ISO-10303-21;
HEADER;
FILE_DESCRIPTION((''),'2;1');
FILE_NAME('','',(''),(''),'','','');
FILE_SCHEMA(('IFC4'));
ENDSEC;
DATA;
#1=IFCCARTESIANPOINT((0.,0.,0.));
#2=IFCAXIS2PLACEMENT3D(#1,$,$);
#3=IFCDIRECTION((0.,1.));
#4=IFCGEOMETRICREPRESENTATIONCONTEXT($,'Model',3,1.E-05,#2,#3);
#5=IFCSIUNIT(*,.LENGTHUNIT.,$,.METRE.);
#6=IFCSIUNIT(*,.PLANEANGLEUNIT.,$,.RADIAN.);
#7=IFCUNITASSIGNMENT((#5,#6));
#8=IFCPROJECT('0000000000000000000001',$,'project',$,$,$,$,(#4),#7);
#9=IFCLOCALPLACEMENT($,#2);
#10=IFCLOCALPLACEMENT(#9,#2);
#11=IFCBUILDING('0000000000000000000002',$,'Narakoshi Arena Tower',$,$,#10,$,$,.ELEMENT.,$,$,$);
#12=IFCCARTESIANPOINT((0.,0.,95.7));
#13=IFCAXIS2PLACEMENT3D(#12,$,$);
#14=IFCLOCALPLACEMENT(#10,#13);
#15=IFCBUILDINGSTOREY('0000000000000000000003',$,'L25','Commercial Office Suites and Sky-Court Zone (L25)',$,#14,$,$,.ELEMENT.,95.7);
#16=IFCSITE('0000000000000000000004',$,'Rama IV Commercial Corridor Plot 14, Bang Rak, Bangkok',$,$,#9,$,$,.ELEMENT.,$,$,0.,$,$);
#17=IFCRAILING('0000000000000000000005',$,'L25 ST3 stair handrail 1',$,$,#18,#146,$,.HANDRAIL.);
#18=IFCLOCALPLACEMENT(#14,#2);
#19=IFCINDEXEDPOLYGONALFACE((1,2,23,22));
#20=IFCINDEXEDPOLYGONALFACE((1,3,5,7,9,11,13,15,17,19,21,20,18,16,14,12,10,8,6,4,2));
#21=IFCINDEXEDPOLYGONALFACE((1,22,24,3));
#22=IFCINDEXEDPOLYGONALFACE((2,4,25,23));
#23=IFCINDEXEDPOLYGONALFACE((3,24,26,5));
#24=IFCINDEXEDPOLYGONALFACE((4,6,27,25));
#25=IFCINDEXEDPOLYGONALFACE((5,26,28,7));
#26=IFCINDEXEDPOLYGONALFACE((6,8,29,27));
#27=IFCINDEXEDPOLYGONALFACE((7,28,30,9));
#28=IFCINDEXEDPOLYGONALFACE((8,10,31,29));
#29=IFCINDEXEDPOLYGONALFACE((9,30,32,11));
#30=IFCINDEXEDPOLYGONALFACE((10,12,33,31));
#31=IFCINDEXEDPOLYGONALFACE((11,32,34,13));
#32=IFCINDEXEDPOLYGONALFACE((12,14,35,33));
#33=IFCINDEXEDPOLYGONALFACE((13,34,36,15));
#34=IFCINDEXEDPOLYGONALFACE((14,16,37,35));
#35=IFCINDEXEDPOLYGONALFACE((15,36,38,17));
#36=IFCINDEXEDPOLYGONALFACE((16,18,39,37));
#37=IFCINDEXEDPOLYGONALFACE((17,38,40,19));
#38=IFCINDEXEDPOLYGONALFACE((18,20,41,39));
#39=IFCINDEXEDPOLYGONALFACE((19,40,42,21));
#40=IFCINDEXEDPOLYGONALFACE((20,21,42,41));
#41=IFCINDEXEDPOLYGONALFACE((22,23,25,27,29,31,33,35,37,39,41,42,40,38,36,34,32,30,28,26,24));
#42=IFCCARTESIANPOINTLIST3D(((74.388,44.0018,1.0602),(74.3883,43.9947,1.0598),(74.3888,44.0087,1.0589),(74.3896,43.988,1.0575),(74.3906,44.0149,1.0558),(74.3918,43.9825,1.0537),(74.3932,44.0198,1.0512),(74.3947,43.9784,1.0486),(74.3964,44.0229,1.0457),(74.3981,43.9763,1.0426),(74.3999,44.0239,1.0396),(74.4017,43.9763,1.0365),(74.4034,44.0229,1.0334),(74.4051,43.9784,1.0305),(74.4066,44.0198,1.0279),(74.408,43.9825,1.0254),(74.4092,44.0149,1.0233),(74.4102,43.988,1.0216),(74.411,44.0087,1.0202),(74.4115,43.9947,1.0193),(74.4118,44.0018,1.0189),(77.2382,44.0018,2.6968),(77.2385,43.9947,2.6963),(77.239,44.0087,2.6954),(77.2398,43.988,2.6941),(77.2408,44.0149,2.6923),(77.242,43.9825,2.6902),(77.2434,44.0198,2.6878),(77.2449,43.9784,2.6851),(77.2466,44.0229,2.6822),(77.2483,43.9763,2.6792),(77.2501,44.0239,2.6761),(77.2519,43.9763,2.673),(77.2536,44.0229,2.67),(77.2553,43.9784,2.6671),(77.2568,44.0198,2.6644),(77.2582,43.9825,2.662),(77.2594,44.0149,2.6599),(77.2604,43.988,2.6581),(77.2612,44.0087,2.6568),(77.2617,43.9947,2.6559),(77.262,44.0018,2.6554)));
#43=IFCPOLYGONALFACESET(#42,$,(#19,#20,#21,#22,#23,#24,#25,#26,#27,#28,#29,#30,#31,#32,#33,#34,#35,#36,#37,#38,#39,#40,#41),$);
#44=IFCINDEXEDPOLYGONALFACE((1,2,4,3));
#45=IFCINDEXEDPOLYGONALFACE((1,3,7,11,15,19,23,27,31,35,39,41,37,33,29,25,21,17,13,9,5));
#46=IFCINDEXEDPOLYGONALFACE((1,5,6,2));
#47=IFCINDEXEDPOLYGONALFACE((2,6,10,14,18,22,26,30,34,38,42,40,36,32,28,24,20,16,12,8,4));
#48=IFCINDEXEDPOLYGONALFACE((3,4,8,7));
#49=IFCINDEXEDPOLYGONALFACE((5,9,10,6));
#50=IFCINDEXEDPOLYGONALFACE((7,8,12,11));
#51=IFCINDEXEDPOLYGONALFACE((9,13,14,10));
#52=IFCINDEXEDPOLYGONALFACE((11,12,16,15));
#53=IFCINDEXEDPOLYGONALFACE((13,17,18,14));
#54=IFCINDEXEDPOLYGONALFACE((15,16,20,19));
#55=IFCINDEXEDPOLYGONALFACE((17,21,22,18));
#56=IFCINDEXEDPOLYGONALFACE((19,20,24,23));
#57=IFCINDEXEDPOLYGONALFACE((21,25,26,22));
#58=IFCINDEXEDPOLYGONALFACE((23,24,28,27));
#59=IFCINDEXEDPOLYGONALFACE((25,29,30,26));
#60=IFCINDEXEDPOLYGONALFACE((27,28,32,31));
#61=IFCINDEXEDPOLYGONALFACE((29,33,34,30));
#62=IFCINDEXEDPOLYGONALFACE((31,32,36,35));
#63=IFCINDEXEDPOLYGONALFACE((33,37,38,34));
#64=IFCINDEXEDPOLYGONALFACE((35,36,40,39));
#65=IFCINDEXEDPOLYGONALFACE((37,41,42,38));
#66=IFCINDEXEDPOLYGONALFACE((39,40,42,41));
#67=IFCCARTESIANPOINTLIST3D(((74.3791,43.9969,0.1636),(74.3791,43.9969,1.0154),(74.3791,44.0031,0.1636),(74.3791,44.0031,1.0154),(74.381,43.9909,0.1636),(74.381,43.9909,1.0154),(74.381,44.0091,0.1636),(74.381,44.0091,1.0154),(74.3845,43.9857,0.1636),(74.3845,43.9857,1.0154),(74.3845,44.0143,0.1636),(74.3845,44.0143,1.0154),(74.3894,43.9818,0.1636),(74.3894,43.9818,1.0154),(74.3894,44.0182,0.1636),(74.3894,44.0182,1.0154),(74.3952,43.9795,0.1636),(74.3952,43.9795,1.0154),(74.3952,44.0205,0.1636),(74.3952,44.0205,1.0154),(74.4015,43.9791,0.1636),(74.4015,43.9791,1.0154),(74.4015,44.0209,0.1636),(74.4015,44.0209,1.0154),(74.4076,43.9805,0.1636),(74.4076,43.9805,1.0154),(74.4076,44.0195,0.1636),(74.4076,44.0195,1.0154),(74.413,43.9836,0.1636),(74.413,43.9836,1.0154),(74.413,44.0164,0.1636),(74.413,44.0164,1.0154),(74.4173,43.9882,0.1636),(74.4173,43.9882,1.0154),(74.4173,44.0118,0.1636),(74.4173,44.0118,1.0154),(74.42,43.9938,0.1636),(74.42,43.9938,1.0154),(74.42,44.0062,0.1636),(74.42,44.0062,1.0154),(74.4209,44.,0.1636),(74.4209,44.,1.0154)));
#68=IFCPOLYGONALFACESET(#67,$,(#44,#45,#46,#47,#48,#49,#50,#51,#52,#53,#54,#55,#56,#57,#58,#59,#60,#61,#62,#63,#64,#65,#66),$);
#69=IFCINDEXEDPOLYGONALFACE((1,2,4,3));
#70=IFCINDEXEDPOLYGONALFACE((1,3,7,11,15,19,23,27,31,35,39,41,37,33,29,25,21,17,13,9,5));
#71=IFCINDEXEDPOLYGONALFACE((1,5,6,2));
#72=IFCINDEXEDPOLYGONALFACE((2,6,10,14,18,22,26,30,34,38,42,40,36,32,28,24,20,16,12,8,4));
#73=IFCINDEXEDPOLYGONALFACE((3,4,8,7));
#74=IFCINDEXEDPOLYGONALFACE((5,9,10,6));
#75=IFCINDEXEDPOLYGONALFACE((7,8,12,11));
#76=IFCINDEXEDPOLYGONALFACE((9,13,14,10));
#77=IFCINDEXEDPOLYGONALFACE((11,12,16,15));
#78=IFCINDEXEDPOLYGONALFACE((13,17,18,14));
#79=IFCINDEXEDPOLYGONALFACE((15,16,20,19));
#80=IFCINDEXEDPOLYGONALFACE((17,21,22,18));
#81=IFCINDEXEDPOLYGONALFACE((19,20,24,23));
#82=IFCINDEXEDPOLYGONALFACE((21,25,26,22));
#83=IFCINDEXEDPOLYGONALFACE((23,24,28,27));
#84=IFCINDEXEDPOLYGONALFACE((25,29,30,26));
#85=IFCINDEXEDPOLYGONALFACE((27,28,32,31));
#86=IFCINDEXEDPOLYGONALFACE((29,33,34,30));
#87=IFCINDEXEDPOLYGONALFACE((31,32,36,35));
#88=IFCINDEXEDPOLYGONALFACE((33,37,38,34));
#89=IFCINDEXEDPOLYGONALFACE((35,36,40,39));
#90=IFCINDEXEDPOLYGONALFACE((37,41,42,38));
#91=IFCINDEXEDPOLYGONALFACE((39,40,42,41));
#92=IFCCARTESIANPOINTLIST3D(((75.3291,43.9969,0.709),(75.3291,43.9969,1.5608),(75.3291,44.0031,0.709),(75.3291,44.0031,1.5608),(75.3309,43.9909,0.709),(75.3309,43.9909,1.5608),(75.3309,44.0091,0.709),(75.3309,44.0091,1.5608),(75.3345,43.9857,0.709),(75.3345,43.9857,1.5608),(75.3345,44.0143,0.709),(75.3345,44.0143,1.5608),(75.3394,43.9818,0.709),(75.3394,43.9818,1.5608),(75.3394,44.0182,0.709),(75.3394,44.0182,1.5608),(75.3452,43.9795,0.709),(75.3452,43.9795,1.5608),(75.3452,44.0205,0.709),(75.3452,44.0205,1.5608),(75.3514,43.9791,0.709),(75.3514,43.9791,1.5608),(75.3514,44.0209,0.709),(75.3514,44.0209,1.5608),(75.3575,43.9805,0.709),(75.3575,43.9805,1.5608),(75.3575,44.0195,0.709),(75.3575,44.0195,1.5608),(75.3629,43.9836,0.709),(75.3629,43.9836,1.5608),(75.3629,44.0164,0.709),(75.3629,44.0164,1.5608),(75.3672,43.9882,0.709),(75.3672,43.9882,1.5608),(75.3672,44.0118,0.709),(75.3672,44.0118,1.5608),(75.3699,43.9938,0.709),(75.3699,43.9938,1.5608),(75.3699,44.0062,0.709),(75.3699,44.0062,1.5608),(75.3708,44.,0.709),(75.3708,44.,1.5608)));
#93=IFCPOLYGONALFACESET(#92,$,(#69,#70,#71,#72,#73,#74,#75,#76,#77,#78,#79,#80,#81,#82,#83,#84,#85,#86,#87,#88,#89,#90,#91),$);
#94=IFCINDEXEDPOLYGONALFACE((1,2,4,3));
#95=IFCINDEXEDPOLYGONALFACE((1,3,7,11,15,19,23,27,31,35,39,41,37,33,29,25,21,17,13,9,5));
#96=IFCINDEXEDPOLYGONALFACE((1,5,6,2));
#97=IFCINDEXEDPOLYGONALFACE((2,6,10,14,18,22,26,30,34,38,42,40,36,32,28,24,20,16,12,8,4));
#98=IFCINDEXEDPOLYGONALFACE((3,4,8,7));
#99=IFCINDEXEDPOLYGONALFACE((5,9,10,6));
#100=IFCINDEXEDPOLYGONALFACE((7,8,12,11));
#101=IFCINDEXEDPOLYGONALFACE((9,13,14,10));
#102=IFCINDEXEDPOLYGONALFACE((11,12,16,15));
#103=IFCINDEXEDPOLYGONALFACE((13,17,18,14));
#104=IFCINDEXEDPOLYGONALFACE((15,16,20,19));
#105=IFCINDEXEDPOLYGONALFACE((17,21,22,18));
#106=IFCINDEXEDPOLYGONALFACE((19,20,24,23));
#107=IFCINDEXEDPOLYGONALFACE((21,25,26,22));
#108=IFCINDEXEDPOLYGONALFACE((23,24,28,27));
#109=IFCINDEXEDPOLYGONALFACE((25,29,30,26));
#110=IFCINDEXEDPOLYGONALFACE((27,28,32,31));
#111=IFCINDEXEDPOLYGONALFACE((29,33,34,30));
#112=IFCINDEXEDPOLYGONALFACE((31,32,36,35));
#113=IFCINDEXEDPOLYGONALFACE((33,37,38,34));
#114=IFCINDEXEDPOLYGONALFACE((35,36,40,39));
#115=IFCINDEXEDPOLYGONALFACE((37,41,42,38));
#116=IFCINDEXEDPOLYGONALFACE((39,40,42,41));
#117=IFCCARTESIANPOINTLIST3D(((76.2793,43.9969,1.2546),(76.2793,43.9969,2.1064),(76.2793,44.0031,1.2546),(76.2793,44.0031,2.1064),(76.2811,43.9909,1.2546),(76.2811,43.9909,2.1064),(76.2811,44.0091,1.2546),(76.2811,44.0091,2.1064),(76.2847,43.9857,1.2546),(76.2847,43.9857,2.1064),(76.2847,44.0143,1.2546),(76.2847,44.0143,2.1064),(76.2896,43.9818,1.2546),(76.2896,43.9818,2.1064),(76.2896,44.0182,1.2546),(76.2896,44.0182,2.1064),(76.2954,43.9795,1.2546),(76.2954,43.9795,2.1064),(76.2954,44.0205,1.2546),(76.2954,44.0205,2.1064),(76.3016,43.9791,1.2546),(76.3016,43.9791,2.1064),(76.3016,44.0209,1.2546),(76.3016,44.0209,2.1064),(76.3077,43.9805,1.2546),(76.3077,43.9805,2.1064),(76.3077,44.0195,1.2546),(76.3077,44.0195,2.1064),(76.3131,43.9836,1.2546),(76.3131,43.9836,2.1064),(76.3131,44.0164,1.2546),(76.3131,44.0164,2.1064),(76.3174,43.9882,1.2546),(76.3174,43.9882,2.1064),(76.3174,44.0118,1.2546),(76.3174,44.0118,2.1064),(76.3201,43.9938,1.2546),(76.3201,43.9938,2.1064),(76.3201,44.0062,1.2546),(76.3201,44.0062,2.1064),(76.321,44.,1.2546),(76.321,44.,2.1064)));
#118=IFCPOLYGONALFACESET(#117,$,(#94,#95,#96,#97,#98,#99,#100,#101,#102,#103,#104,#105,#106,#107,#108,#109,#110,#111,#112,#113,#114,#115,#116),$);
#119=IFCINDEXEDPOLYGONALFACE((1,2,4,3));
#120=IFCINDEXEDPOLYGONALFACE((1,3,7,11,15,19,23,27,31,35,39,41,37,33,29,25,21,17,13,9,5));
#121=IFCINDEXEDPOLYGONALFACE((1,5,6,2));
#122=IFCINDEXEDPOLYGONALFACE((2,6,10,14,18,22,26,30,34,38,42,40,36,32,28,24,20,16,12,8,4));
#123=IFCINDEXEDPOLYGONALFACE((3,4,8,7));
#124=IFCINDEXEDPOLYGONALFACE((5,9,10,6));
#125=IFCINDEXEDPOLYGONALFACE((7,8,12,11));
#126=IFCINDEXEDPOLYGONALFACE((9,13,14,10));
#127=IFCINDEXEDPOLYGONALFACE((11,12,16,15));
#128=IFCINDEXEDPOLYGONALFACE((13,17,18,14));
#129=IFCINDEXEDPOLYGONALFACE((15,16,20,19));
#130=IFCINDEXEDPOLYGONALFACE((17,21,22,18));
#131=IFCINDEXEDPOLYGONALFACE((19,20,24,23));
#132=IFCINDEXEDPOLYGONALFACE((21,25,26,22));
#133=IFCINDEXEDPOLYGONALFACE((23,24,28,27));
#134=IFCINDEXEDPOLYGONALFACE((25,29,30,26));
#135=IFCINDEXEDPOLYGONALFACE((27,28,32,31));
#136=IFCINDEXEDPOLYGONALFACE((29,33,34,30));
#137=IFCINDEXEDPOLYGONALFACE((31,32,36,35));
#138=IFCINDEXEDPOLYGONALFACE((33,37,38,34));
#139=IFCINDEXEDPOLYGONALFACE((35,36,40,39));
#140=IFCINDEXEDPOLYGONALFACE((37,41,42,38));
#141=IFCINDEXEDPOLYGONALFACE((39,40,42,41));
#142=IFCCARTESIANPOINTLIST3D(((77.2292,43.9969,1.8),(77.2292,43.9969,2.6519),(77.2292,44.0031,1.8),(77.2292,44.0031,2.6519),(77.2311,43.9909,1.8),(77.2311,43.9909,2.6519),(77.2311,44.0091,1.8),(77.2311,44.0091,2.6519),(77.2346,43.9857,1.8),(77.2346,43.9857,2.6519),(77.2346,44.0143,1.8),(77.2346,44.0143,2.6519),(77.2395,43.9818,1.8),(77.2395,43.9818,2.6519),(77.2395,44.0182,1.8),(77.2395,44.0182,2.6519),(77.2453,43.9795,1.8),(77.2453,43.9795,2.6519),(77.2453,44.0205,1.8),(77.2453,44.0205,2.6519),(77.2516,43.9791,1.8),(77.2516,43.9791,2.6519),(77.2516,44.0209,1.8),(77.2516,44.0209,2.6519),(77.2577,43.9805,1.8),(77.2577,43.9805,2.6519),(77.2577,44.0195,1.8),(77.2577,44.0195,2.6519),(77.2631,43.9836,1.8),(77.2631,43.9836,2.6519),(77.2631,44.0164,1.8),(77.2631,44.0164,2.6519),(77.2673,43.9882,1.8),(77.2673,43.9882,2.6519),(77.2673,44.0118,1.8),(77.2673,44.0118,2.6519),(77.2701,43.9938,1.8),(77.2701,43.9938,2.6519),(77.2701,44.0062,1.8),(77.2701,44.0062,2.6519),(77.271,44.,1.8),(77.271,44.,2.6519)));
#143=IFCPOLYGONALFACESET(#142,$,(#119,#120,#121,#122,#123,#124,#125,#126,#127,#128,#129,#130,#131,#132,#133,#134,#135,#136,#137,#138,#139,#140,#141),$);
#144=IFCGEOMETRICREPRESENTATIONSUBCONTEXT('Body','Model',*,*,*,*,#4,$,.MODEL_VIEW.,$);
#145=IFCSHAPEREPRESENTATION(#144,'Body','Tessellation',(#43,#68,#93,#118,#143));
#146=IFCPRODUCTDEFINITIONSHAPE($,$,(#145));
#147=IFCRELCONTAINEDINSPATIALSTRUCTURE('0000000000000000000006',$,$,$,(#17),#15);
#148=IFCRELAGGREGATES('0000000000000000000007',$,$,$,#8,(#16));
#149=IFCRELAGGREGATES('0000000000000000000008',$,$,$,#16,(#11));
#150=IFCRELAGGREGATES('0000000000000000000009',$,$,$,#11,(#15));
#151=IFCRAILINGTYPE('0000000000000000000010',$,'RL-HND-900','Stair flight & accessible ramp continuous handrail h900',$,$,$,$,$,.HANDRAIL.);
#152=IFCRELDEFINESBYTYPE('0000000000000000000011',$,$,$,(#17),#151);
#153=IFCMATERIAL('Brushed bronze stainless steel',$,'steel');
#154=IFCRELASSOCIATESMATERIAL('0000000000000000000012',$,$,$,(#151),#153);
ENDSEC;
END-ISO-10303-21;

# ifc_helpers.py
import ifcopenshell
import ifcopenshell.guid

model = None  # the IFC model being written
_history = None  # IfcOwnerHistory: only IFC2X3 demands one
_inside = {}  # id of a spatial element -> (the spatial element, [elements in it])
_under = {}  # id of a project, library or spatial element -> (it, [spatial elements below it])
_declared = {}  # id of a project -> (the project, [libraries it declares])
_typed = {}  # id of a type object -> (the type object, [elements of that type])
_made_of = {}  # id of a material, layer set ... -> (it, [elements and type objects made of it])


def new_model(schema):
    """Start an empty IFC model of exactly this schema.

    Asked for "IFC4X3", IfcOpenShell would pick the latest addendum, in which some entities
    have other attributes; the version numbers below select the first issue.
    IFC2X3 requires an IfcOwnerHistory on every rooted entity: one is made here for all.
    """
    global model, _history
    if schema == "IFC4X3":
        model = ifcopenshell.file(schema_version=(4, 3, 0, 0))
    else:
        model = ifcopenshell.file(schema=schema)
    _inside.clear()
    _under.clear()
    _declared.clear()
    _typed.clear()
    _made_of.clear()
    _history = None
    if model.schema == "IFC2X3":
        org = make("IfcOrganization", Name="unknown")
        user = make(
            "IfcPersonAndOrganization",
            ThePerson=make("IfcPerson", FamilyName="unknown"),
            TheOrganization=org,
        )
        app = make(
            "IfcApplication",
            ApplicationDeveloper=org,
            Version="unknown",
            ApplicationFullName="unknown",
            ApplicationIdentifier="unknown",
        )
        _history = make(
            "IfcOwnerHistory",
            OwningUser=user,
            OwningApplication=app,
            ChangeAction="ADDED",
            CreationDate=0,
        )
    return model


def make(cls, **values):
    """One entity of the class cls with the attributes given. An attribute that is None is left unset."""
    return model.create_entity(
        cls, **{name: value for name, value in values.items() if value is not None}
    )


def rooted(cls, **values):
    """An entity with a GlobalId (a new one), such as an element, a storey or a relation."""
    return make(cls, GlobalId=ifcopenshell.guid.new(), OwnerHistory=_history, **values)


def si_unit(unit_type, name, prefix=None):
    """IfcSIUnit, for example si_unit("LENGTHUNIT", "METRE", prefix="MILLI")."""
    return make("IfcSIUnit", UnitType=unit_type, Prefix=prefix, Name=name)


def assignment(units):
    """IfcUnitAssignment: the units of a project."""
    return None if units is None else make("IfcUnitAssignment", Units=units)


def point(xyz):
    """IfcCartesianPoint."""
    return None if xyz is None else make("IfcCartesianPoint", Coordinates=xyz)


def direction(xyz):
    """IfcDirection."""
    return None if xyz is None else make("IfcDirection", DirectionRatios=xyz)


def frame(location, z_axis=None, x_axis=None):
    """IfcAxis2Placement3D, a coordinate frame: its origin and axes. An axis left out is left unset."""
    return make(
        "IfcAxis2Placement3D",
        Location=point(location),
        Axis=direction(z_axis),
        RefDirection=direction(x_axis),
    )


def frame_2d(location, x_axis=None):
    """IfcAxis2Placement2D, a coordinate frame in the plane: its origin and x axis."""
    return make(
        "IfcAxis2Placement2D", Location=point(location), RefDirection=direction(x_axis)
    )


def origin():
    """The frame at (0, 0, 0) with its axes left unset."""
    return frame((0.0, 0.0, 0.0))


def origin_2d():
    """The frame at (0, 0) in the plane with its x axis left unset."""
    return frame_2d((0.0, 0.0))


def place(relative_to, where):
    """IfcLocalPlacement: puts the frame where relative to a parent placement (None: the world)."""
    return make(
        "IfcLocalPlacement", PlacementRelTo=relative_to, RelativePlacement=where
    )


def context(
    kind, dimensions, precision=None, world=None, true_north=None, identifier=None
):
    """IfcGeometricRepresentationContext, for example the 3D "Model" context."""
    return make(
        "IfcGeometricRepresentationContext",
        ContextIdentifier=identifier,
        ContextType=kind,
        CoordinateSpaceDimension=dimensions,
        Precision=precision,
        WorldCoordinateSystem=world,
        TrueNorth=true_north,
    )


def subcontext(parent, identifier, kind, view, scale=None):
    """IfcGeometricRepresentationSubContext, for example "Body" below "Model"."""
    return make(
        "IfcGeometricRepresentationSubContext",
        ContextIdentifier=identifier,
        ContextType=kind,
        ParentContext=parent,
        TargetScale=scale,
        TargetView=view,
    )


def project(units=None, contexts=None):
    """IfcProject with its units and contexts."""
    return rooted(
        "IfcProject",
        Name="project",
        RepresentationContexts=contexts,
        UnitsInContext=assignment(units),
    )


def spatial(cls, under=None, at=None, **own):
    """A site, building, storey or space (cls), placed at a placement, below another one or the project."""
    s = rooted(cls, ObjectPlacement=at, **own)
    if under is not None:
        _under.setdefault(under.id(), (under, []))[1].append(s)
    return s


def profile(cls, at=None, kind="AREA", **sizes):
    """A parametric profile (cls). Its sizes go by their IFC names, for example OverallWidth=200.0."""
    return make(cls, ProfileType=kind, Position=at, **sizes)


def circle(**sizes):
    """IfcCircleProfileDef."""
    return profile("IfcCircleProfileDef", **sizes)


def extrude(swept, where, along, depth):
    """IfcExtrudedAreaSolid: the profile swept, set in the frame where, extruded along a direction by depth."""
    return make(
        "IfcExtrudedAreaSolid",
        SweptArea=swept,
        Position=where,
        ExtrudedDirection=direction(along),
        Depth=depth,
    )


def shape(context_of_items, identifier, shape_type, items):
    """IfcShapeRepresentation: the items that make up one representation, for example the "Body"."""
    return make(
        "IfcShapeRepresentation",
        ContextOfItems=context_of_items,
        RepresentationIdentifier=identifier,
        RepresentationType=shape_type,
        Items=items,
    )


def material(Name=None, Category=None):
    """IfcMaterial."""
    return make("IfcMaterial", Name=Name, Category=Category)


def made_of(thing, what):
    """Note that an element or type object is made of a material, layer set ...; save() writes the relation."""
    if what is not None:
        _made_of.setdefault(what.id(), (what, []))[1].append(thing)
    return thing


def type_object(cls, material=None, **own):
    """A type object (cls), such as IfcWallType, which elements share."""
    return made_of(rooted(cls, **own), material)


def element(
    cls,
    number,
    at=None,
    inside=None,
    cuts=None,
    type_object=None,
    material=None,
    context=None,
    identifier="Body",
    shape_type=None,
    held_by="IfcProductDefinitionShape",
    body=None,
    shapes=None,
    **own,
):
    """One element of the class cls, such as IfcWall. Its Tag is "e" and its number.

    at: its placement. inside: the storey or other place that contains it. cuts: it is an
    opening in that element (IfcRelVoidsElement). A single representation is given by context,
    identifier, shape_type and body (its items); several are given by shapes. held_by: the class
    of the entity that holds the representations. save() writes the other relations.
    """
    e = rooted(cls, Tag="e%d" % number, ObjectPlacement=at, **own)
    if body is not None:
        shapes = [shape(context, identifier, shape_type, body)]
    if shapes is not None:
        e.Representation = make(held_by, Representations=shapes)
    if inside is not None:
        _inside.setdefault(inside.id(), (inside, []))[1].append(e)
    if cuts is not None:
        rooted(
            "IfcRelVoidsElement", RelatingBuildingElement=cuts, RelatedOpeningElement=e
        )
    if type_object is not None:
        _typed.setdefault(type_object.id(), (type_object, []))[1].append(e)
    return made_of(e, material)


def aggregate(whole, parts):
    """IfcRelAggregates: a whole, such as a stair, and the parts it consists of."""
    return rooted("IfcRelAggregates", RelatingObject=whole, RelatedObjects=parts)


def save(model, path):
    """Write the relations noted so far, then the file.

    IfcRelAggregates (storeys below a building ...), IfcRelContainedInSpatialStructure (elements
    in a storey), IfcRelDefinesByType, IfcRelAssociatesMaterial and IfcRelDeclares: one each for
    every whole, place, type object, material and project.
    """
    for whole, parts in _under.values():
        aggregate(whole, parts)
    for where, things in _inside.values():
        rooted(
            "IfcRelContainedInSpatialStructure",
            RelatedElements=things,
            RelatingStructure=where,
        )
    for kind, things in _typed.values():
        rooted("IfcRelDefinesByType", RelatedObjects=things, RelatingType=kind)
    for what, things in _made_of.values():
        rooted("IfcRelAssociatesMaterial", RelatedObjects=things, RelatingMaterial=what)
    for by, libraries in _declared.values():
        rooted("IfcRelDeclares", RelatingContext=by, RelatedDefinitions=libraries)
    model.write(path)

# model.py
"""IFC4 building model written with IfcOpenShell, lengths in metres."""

from ifc_helpers import new_model, si_unit, direction, frame, origin, origin_2d, place, context, subcontext, project, spatial, circle, extrude, material, type_object, element, save


model = new_model("IFC4")

# Units and contexts
model_context = context("Model", 3, precision=1e-05, world=origin(), true_north=direction((0.0, 1.0)))
body_context = subcontext(model_context, "Body", "Model", "MODEL_VIEW")
ifc_project = project(units=[si_unit("LENGTHUNIT", "METRE"), si_unit("PLANEANGLEUNIT", "RADIAN")], contexts=[model_context])

# Site, building, storey
site_placement = place(None, origin())
site = spatial("IfcSite", under=ifc_project, at=site_placement, Name="Rama IV Commercial Corridor Plot 14, Bang Rak, Bangkok", CompositionType="ELEMENT", RefElevation=0.0)
building_placement = place(site_placement, origin())
building = spatial("IfcBuilding", under=site, at=building_placement, Name="Narakoshi Arena Tower", CompositionType="ELEMENT")
storey_placement = place(building_placement, frame((0.0, 0.0, 95.7)))
storey = spatial("IfcBuildingStorey", under=building, at=storey_placement, Name="L25", Description="Commercial Office Suites and Sky-Court Zone (L25)", CompositionType="ELEMENT", Elevation=95.7)

# Railing
ifc_material_1 = material(Name="Brushed bronze stainless steel", Category="steel")
railing_type_1 = type_object("IfcRailingType", Name="RL-HND-900", Description="Stair flight & accessible ramp continuous handrail h900", PredefinedType="HANDRAIL", material=ifc_material_1)
for number, where, name in (
    (1, (74.3999, 44.0, 0.1636), "L25 ST3 stair handrail 1"),
):
    element("IfcRailing", number, at=place(storey_placement, frame(where)), inside=storey, type_object=railing_type_1, Name=name, PredefinedType="HANDRAIL", context=body_context, shape_type="SweptSolid", body=[
        extrude(circle(Radius=0.0239, at=origin_2d()), frame((0.0, 0.0, 0.876), z_axis=(0.867213, 0.0, 0.497938), x_axis=(0.0, 1.0, 0.0)), (0.0, 0.0, 1.0), 3.2866),
        extrude(circle(Radius=0.021, at=origin_2d()), origin(), (0.0, 0.0, 1.0), 0.8518),
        extrude(circle(Radius=0.021, at=origin_2d()), frame((0.95, 0.0, 0.5454)), (0.0, 0.0, 1.0), 0.8518),
        extrude(circle(Radius=0.021, at=origin_2d()), frame((1.9001, 0.0, 1.0911)), (0.0, 0.0, 1.0), 0.8518),
        extrude(circle(Radius=0.021, at=origin_2d()), frame((2.8501, 0.0, 1.6365)), (0.0, 0.0, 1.0), 0.8518),
    ])

save(model, "model.ifc")
